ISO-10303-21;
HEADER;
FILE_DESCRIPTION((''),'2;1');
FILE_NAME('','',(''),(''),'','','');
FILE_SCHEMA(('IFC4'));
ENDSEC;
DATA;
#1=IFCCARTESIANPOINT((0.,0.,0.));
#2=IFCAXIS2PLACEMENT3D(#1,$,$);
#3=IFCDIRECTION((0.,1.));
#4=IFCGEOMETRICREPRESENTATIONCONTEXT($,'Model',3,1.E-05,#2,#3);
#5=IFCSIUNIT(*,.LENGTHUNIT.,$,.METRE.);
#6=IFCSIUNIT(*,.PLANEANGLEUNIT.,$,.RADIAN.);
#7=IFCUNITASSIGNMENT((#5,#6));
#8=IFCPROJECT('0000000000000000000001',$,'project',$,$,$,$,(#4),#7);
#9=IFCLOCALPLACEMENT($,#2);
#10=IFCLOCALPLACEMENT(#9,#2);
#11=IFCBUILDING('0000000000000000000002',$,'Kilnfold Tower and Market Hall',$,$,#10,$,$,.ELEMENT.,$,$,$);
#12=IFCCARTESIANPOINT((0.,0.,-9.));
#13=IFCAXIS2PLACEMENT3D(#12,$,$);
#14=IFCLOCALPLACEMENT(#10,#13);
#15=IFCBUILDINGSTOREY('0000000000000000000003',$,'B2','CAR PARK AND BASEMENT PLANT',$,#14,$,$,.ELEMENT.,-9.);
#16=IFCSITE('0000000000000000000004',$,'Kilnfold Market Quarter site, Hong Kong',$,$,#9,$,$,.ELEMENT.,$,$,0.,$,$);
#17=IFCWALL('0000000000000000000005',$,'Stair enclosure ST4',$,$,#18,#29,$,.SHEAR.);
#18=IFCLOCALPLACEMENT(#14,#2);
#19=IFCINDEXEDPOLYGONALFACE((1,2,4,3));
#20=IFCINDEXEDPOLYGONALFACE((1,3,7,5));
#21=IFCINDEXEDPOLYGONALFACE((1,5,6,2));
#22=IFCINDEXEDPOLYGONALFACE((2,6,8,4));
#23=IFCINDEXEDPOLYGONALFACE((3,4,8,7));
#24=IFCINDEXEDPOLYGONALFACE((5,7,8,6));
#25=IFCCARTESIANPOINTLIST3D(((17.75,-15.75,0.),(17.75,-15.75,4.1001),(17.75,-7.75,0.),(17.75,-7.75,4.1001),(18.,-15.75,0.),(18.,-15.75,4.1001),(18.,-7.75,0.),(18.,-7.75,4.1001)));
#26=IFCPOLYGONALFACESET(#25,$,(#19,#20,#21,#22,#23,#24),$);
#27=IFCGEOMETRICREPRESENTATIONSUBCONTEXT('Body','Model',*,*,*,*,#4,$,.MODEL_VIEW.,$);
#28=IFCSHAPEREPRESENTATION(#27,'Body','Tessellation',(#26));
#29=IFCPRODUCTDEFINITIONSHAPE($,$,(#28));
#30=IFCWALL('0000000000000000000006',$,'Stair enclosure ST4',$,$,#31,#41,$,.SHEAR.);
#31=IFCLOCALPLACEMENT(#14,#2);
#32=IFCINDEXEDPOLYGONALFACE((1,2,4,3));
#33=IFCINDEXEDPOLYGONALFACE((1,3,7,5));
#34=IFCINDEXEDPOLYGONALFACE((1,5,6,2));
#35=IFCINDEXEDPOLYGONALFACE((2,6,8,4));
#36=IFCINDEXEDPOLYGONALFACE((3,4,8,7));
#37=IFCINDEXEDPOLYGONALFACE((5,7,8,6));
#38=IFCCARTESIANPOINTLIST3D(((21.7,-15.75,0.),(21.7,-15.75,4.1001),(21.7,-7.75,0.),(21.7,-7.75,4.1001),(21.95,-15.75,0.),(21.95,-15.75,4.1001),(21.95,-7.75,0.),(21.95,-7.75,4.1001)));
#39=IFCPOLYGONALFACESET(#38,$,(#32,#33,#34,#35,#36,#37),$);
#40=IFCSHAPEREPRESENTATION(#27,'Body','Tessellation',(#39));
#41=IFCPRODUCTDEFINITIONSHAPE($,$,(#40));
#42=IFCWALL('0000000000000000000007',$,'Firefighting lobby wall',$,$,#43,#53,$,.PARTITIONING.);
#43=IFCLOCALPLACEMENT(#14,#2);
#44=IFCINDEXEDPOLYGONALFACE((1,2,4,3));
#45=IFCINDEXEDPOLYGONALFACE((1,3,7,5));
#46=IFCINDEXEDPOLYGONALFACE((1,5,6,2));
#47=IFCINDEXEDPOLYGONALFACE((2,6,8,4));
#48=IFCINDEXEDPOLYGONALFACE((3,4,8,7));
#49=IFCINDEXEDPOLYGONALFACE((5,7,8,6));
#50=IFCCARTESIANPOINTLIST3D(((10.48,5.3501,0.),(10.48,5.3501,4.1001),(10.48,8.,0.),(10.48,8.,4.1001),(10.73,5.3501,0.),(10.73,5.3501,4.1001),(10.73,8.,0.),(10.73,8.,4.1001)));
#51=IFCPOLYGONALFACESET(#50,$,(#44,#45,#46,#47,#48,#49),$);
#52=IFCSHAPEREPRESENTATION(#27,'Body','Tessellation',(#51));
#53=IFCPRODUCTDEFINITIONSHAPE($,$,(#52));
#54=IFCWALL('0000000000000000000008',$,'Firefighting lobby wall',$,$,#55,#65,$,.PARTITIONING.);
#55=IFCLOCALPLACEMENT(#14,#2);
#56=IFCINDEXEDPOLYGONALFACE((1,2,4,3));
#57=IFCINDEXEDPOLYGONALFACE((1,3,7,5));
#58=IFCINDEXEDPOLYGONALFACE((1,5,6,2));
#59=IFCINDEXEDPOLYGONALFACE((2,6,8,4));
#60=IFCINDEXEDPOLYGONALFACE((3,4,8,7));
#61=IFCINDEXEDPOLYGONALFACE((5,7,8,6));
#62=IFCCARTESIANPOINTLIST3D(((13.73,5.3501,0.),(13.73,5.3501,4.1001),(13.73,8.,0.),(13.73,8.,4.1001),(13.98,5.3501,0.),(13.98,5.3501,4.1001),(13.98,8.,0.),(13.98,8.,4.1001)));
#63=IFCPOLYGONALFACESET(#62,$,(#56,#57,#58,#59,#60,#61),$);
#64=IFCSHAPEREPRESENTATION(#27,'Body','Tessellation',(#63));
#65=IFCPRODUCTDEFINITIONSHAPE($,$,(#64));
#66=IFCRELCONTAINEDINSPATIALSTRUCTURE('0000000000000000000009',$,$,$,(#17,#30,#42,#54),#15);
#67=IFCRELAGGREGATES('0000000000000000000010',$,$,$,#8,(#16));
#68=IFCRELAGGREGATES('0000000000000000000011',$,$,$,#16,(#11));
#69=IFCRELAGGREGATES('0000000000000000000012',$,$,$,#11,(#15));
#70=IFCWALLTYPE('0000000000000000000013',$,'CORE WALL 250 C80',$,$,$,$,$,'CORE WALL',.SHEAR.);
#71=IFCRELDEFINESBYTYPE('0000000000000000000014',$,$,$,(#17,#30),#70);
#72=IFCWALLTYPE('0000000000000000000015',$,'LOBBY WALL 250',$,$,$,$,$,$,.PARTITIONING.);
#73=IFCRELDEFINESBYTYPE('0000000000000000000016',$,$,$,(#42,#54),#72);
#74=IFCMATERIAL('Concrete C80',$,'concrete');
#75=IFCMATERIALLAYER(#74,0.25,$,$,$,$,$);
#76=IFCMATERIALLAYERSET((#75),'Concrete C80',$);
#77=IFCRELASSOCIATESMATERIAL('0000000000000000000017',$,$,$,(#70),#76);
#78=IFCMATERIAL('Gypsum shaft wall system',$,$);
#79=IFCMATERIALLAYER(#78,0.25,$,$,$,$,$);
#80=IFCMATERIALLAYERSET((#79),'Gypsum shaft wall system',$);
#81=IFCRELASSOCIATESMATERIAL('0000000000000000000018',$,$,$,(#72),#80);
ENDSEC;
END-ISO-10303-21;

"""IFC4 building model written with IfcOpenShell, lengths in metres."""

from ifc_helpers import new_model, si_unit, direction, frame, frame_2d, origin, place, context, subcontext, project, spatial, rectangle, extrude, source, transform, mapped, material, layer, layer_set, type_object, element, save


model = new_model("IFC4")

# Units and contexts
model_context = context("Model", 3, precision=1e-05, world=origin(), true_north=direction((0.0, 1.0)))
body_context = subcontext(model_context, "Body", "Model", "MODEL_VIEW")
ifc_project = project(units=[si_unit("LENGTHUNIT", "METRE"), si_unit("PLANEANGLEUNIT", "RADIAN")], contexts=[model_context])

# Site, building, storey
site_placement = place(None, origin())
site = spatial("IfcSite", under=ifc_project, at=site_placement, Name="Kilnfold Market Quarter site, Hong Kong", CompositionType="ELEMENT", RefElevation=0.0)
building_placement = place(site_placement, origin())
building = spatial("IfcBuilding", under=site, at=building_placement, Name="Kilnfold Tower and Market Hall", CompositionType="ELEMENT")
storey_placement = place(building_placement, frame((0.0, 0.0, -9.0)))
storey = spatial("IfcBuildingStorey", under=building, at=storey_placement, Name="B2", Description="CAR PARK AND BASEMENT PLANT", CompositionType="ELEMENT", Elevation=-9.0)

# Walls
ifc_material_1 = material(Name="Concrete C80", Category="concrete")
ifc_layer_1 = layer(ifc_material_1, 0.25)
ifc_layer_set_1 = layer_set([ifc_layer_1], Name="Concrete C80")
wall_type_1 = type_object("IfcWallType", Name="CORE WALL 250 C80", ElementType="CORE WALL", PredefinedType="SHEAR", material=ifc_layer_set_1)
shared_shape_1 = source(origin(), body_context, "Body", "SweptSolid", [
    extrude(rectangle(XDim=8.0, YDim=0.25, at=frame_2d((4.0, 0.0))), origin(), (0.0, 0.0, 1.0), 4.1001),
])
for number, where, z_axis, x_axis, name in (
    (1, (17.875, -15.75, 0.0), (0.0, 0.0, 1.0), (0.0, 1.0, 0.0), "Stair enclosure ST4"),
    (2, (21.825, -15.75, 0.0), (0.0, 0.0, 1.0), (0.0, 1.0, 0.0), "Stair enclosure ST4"),
):
    element("IfcWall", number, at=place(storey_placement, frame(where, z_axis=z_axis, x_axis=x_axis)), inside=storey, type_object=wall_type_1, Name=name, PredefinedType="SHEAR", context=body_context, shape_type="MappedRepresentation", body=[
        mapped(shared_shape_1, transform((0.0, 0.0, 0.0))),
    ])
ifc_material_2 = material(Name="Gypsum shaft wall system")
ifc_layer_2 = layer(ifc_material_2, 0.25)
ifc_layer_set_2 = layer_set([ifc_layer_2], Name="Gypsum shaft wall system")
wall_type_2 = type_object("IfcWallType", Name="LOBBY WALL 250", PredefinedType="PARTITIONING", material=ifc_layer_set_2)
shared_shape_2 = source(origin(), body_context, "Body", "SweptSolid", [
    extrude(rectangle(XDim=2.6499, YDim=0.25, at=frame_2d((1.325, 0.0))), origin(), (0.0, 0.0, 1.0), 4.1001),
])
for number, where, z_axis, x_axis, name in (
    (3, (10.605, 5.3501, 0.0), (0.0, 0.0, 1.0), (0.0, 1.0, 0.0), "Firefighting lobby wall"),
    (4, (13.855, 5.3501, 0.0), (0.0, 0.0, 1.0), (0.0, 1.0, 0.0), "Firefighting lobby wall"),
):
    element("IfcWall", number, at=place(storey_placement, frame(where, z_axis=z_axis, x_axis=x_axis)), inside=storey, type_object=wall_type_2, Name=name, PredefinedType="PARTITIONING", context=body_context, shape_type="MappedRepresentation", body=[
        mapped(shared_shape_2, transform((0.0, 0.0, 0.0))),
    ])

save(model, "model.ifc")
